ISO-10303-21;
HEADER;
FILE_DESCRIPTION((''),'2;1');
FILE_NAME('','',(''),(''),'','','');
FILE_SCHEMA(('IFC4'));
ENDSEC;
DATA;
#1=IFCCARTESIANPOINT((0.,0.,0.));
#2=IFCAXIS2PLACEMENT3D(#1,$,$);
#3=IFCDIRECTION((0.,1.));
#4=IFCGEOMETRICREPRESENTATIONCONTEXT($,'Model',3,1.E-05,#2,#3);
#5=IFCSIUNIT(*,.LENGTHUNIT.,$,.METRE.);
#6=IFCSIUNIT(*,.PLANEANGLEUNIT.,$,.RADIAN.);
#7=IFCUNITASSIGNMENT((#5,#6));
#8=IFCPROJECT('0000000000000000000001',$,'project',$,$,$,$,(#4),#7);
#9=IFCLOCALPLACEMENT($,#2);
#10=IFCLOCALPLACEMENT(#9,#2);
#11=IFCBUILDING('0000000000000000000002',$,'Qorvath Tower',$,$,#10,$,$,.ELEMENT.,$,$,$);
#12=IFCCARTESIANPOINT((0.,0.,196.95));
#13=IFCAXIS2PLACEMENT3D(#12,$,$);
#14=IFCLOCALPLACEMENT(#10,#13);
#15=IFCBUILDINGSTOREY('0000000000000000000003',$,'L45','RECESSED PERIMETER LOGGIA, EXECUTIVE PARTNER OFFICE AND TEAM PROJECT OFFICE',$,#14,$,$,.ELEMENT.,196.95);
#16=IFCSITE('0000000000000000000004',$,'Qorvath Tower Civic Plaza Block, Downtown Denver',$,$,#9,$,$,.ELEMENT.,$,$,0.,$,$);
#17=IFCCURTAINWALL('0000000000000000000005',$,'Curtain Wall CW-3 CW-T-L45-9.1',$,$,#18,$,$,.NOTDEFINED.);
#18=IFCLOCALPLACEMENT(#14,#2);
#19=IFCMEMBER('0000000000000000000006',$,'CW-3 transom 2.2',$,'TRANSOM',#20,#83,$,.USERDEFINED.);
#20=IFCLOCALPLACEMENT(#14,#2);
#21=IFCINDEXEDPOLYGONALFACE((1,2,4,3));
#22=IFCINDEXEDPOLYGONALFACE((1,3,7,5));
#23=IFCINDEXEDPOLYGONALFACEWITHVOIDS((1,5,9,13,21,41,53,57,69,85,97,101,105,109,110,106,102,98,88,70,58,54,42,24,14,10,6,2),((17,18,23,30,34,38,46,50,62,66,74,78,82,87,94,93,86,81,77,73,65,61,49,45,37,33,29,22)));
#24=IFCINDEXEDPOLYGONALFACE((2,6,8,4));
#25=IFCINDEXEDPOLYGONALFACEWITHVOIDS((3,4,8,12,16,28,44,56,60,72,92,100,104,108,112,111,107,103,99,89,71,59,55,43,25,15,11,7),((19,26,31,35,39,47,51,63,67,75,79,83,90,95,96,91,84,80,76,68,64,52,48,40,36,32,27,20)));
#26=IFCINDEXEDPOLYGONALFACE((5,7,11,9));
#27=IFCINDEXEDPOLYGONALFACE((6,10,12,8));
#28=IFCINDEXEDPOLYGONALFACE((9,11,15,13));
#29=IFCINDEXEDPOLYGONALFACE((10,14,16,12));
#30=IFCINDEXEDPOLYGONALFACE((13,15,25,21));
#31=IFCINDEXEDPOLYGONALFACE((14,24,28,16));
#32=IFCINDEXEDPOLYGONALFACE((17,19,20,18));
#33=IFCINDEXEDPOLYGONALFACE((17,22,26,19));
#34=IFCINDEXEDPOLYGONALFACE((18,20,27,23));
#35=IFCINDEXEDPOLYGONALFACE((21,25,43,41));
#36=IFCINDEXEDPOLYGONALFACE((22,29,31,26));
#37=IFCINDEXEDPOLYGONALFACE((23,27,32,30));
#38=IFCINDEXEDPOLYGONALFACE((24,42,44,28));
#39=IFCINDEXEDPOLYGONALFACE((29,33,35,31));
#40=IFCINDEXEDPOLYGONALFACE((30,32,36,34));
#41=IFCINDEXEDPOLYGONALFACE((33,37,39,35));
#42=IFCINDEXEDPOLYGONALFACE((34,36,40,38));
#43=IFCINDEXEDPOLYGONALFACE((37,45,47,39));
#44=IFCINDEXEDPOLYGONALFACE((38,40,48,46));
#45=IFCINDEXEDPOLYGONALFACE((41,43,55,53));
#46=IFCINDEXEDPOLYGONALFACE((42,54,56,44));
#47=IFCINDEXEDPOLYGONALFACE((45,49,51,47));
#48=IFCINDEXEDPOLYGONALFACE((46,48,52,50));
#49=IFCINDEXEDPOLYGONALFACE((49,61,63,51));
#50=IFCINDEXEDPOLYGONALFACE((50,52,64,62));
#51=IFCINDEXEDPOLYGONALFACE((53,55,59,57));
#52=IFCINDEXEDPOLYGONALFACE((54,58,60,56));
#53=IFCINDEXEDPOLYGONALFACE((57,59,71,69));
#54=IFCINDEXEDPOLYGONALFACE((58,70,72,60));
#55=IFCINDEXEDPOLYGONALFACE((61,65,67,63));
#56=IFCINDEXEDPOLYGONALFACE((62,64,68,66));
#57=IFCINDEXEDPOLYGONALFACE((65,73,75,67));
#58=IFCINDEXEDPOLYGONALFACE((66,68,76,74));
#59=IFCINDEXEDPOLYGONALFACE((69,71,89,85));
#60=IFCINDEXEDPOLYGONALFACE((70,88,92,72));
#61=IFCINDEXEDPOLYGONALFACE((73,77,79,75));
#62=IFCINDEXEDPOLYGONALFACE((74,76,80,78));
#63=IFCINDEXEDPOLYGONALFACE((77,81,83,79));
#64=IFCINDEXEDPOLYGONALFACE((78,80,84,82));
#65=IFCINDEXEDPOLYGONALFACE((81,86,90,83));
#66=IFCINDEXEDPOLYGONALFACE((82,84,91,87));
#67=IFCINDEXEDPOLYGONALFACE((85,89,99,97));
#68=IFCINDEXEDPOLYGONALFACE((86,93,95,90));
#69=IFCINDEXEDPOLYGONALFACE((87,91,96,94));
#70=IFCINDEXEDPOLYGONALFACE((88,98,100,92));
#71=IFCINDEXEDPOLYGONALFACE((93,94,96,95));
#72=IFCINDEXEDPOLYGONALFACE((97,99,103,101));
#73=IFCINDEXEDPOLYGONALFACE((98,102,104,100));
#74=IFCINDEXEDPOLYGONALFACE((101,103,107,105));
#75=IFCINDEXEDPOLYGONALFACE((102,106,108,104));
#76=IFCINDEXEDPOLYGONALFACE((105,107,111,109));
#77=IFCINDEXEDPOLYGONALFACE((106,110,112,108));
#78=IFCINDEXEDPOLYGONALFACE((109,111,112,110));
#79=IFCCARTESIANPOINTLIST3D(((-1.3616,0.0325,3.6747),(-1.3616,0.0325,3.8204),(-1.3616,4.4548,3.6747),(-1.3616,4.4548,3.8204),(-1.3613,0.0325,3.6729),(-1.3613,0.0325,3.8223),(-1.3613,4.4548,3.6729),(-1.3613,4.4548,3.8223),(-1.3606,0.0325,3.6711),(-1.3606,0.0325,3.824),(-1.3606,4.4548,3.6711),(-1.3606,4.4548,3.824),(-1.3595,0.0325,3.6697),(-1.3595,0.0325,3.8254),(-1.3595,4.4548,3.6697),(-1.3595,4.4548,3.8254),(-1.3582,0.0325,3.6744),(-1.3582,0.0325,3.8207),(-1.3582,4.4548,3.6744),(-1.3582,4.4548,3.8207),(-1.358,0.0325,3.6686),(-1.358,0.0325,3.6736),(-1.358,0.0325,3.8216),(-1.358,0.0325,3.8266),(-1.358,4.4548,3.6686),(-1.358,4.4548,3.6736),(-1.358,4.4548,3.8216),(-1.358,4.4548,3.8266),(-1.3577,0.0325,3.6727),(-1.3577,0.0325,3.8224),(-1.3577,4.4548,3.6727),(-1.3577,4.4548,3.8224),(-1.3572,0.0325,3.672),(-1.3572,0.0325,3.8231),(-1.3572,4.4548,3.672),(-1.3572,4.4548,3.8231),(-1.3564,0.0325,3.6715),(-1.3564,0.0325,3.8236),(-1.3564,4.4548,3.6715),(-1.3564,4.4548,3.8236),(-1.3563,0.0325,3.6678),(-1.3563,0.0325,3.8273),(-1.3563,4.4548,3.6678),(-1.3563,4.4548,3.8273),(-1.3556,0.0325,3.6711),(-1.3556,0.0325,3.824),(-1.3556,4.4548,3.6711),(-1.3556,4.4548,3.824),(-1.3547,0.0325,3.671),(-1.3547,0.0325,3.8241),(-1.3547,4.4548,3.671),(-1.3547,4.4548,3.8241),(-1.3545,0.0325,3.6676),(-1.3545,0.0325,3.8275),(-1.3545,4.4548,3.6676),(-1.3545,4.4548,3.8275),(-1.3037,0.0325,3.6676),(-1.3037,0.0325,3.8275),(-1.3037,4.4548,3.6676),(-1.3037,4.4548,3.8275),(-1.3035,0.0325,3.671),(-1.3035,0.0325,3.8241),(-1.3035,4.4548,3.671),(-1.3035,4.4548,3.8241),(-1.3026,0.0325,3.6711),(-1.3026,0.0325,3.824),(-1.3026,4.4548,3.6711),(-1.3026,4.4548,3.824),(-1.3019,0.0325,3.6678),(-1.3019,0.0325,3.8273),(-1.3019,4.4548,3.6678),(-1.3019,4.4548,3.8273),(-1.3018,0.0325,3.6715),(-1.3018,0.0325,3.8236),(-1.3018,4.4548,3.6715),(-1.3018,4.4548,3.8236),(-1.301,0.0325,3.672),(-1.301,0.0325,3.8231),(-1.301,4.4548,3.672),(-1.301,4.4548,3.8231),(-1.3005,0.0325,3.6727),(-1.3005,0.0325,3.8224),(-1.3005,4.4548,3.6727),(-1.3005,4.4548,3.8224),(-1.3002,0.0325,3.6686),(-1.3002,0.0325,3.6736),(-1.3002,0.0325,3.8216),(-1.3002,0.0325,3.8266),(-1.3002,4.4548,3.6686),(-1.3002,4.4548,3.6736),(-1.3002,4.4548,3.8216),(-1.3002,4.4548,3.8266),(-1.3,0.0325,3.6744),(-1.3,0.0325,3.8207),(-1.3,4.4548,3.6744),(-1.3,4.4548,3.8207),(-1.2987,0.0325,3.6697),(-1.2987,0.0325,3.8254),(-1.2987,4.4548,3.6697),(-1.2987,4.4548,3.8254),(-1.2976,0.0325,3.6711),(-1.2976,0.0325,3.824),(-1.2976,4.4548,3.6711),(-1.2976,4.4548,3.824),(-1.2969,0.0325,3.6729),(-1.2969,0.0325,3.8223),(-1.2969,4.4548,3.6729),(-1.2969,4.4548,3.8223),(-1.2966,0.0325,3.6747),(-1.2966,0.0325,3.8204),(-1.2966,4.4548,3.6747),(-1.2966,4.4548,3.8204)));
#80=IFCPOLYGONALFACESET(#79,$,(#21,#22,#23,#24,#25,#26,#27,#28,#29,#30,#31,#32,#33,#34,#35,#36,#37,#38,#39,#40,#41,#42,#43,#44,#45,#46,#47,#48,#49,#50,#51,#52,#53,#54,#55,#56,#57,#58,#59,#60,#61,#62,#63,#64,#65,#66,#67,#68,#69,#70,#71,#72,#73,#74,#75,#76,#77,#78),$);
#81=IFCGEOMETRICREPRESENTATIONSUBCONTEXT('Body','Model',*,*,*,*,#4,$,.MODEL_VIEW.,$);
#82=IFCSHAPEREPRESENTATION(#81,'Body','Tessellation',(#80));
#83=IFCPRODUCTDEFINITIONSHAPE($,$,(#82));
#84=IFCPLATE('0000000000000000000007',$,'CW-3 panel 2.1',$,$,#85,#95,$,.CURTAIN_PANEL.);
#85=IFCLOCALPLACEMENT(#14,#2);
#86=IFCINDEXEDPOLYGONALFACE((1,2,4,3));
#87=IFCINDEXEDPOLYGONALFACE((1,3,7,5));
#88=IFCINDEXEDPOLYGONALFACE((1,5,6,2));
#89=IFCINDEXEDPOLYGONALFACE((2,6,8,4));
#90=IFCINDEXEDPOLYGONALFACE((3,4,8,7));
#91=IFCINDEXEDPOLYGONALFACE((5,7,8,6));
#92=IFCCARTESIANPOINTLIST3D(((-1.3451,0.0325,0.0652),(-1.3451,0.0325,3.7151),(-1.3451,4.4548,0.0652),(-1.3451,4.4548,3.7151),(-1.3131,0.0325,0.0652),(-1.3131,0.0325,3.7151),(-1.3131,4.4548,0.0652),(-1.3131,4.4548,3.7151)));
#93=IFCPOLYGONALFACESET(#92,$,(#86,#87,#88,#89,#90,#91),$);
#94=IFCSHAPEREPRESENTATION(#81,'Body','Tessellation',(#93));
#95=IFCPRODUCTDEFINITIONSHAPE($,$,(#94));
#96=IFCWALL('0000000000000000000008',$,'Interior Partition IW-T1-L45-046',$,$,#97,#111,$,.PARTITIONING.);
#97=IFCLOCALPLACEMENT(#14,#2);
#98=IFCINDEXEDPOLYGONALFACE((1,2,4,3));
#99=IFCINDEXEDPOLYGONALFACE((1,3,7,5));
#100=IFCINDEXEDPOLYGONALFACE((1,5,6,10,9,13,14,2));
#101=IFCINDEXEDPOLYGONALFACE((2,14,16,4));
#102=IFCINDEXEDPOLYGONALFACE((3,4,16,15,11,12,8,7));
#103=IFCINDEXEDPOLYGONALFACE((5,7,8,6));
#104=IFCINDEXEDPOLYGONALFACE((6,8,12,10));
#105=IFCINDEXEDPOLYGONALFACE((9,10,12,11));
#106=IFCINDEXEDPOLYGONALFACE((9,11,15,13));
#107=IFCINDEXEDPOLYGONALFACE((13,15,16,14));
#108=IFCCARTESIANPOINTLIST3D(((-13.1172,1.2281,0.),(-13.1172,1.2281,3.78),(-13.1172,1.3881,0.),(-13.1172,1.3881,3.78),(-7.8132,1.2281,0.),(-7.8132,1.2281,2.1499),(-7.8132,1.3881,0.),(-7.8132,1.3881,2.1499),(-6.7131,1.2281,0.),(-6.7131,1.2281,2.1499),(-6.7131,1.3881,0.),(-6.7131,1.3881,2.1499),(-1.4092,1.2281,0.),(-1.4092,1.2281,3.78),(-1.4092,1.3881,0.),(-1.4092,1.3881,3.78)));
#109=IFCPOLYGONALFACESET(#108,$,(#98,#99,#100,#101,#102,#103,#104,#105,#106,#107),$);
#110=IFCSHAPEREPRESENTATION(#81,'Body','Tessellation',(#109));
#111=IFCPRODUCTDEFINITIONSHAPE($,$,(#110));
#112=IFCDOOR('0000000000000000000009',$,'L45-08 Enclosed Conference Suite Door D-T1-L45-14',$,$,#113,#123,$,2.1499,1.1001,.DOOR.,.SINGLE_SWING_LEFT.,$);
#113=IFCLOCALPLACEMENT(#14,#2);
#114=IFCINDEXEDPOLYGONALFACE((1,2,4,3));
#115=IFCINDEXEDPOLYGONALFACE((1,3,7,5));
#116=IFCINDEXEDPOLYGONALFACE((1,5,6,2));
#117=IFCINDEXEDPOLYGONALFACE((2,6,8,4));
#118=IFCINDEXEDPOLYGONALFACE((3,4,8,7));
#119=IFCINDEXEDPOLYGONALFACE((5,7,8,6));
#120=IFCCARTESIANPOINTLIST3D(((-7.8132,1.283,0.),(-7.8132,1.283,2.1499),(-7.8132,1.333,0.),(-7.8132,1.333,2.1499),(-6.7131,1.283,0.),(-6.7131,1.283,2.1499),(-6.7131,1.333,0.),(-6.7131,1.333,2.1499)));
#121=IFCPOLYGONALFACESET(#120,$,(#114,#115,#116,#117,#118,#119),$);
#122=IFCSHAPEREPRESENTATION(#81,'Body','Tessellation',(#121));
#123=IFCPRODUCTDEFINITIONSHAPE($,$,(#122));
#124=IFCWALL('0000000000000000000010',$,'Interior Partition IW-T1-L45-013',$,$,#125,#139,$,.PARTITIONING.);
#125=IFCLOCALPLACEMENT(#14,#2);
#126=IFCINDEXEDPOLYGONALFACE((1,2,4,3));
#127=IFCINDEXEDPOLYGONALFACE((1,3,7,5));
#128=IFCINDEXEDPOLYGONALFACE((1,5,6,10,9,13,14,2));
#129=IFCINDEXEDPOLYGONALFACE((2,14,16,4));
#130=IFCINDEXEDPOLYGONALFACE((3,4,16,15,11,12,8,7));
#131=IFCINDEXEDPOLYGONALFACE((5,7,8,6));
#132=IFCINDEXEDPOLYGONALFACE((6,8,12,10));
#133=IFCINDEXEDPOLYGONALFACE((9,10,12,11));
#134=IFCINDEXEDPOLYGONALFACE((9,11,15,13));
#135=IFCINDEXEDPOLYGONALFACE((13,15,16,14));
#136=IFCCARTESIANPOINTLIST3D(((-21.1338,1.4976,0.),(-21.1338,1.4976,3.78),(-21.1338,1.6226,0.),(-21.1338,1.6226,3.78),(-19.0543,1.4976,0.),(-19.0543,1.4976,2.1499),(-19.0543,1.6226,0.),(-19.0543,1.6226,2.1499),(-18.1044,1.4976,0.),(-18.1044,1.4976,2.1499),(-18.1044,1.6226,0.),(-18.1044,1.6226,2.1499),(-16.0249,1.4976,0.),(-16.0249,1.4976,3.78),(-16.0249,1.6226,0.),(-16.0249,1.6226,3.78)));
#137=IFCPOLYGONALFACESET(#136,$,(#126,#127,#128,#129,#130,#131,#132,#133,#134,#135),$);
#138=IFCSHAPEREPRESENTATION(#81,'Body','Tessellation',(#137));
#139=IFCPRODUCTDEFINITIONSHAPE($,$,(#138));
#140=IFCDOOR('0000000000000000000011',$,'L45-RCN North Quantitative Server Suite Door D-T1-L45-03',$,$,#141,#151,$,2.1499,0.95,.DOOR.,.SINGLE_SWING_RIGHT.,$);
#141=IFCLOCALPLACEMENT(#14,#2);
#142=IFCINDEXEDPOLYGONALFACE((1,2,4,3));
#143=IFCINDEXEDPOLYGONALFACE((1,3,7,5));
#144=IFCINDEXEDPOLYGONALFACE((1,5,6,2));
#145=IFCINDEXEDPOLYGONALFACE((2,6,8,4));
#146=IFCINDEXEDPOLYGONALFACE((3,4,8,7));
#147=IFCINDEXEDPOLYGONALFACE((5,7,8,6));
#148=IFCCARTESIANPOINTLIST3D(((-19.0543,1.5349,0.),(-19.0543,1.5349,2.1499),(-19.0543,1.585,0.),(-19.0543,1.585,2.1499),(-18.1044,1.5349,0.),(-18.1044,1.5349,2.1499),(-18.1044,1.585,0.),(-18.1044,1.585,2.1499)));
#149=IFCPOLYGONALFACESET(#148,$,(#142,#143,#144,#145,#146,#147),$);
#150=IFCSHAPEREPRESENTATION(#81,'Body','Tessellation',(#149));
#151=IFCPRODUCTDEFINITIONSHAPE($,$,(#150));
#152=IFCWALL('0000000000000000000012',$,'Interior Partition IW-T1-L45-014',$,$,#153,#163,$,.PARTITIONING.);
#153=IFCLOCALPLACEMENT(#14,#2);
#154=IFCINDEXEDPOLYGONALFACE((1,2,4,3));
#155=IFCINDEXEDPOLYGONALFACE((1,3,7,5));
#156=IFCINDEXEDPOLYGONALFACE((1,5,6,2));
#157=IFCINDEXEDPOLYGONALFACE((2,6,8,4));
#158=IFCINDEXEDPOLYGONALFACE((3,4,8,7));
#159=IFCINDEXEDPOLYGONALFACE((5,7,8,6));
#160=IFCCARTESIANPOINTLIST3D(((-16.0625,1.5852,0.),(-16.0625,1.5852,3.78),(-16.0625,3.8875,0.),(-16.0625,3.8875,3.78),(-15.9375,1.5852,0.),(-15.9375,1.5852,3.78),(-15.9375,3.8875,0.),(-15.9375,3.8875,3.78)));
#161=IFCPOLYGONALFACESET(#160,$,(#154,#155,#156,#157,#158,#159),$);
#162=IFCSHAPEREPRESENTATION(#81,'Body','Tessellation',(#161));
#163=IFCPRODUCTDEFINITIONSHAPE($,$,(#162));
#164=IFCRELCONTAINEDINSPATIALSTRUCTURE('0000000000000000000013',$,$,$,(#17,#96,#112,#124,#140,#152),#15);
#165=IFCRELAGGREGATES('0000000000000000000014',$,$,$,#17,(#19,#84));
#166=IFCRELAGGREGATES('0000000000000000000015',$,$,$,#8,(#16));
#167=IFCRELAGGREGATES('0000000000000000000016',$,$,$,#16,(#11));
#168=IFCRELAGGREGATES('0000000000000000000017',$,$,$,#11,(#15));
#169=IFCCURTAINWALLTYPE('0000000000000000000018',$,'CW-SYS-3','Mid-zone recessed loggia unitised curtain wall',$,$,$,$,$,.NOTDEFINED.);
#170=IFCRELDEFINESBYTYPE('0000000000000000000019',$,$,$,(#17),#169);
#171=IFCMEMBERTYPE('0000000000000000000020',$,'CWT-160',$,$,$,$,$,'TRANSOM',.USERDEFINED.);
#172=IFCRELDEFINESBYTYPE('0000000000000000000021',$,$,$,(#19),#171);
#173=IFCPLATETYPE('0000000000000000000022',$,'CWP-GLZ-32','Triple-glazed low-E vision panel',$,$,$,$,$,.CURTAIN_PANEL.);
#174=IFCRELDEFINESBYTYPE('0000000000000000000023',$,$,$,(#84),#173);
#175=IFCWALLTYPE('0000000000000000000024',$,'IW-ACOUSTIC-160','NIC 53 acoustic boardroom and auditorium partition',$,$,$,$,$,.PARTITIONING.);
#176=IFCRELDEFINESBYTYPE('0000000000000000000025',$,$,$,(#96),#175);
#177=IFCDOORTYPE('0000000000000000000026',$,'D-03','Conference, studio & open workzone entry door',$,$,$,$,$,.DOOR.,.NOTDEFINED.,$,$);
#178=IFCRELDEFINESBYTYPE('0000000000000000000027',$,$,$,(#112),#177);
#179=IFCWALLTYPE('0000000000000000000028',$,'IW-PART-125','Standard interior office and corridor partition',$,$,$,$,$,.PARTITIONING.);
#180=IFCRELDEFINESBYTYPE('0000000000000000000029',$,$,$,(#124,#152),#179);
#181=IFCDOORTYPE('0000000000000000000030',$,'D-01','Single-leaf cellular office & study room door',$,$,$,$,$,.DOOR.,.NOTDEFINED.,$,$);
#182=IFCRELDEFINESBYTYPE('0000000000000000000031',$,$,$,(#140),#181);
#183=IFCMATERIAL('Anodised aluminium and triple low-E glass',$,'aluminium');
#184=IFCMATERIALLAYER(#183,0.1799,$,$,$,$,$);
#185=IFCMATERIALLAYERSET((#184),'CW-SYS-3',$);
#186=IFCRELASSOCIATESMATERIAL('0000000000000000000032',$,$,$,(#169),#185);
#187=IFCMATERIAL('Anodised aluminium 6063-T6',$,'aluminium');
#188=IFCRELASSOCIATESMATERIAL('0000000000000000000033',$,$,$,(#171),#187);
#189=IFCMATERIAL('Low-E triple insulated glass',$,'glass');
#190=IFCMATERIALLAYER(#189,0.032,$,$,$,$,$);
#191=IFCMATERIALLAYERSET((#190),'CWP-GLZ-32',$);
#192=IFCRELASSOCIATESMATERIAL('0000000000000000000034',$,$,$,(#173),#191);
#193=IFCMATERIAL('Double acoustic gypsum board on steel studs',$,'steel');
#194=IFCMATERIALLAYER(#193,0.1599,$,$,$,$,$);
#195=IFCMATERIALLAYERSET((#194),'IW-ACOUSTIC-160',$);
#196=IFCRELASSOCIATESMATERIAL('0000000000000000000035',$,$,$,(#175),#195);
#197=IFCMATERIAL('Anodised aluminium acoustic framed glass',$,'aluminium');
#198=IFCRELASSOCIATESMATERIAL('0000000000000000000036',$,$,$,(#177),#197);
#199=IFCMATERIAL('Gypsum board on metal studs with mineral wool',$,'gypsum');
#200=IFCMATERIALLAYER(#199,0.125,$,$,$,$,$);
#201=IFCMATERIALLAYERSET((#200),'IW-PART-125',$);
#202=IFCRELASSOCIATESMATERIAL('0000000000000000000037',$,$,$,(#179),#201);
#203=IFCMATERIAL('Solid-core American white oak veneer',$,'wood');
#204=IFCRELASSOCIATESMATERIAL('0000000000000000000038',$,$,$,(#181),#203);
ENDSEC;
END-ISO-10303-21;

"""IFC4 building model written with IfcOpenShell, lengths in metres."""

from ifc_helpers import new_model, si_unit, direction, frame, frame_2d, origin, origin_2d, place, context, subcontext, project, spatial, rectangle, hollow_rectangle, extrude, material, layer, layer_set, material_profile, profile_set, type_object, element, fill, aggregate, save


model = new_model("IFC4")

# Units and contexts
model_context = context("Model", 3, precision=1e-05, world=origin(), true_north=direction((0.0, 1.0)))
body_context = subcontext(model_context, "Body", "Model", "MODEL_VIEW")
ifc_project = project(units=[si_unit("LENGTHUNIT", "METRE"), si_unit("PLANEANGLEUNIT", "RADIAN")], contexts=[model_context])

# Site, building, storey
site_placement = place(None, origin())
site = spatial("IfcSite", under=ifc_project, at=site_placement, Name="Qorvath Tower Civic Plaza Block, Downtown Denver", CompositionType="ELEMENT", RefElevation=0.0)
building_placement = place(site_placement, origin())
building = spatial("IfcBuilding", under=site, at=building_placement, Name="Qorvath Tower", CompositionType="ELEMENT")
storey_placement = place(building_placement, frame((0.0, 0.0, 196.95)))
storey = spatial("IfcBuildingStorey", under=building, at=storey_placement, Name="L45", Description="RECESSED PERIMETER LOGGIA, EXECUTIVE PARTNER OFFICE AND TEAM PROJECT OFFICE", CompositionType="ELEMENT", Elevation=196.95)

# Curtain wall, member, plate
ifc_material_1 = material(Name="Anodised aluminium and triple low-E glass", Category="aluminium")
ifc_layer_1 = layer(ifc_material_1, 0.1799)
ifc_layer_set_1 = layer_set([ifc_layer_1], Name="CW-SYS-3")
curtain_wall_type = type_object("IfcCurtainWallType", Name="CW-SYS-3", Description="Mid-zone recessed loggia unitised curtain wall", PredefinedType="NOTDEFINED", material=ifc_layer_set_1)
curtain_wall_placement = place(storey_placement, origin())
curtain_wall = element("IfcCurtainWall", 1, at=curtain_wall_placement, inside=storey, type_object=curtain_wall_type, Name="Curtain Wall CW-3 CW-T-L45-9.1", PredefinedType="NOTDEFINED")
ifc_material_2 = material(Name="Anodised aluminium 6063-T6", Category="aluminium")
ifc_material_profile_1 = material_profile(ifc_material_2, hollow_rectangle(XDim=0.0649, YDim=0.1599, WallThickness=0.0034, InnerFilletRadius=0.0034, OuterFilletRadius=0.0071, at=origin_2d()), Name="CWT 160x65")
ifc_profile_set_1 = profile_set([ifc_material_profile_1], Name="Anodised aluminium 6063-T6")
member_type_1 = type_object("IfcMemberType", Name="CWT-160", ElementType="TRANSOM", PredefinedType="USERDEFINED", material=ifc_profile_set_1)
member_1_placement = place(storey_placement, frame((-1.3291, 0.0325, 3.7476), z_axis=(0.0, 1.0, 0.0), x_axis=(-1.0, 0.0, 0.0)))
member_1 = element("IfcMember", 2, at=member_1_placement, type_object=member_type_1, Name="CW-3 transom 2.2", ObjectType="TRANSOM", PredefinedType="USERDEFINED", context=body_context, shape_type="SweptSolid", body=[
    extrude(hollow_rectangle(XDim=0.0649, YDim=0.1599, WallThickness=0.0034, InnerFilletRadius=0.0034, OuterFilletRadius=0.0071, at=origin_2d()), origin(), (0.0, 0.0, 1.0), 4.4224),
])
ifc_material_3 = material(Name="Low-E triple insulated glass", Category="glass")
ifc_layer_2 = layer(ifc_material_3, 0.032)
ifc_layer_set_2 = layer_set([ifc_layer_2], Name="CWP-GLZ-32")
plate_type = type_object("IfcPlateType", Name="CWP-GLZ-32", Description="Triple-glazed low-E vision panel", PredefinedType="CURTAIN_PANEL", material=ifc_layer_set_2)
plate_placement = place(storey_placement, frame((-1.3291, 2.2437, 0.0652), z_axis=(0.0, 0.0, 1.0), x_axis=(0.0, 1.0, 0.0)))
plate = element("IfcPlate", 3, at=plate_placement, type_object=plate_type, Name="CW-3 panel 2.1", PredefinedType="CURTAIN_PANEL", context=body_context, shape_type="SweptSolid", body=[
    extrude(rectangle(XDim=4.4224, YDim=0.032, at=origin_2d()), origin(), (0.0, 0.0, 1.0), 3.6499),
])
aggregate(curtain_wall, [member_1, plate])

# Walls, openings, doors
ifc_material_4 = material(Name="Double acoustic gypsum board on steel studs", Category="steel")
ifc_layer_3 = layer(ifc_material_4, 0.1599)
ifc_layer_set_3 = layer_set([ifc_layer_3], Name="IW-ACOUSTIC-160")
wall_type_1 = type_object("IfcWallType", Name="IW-ACOUSTIC-160", Description="NIC 53 acoustic boardroom and auditorium partition", PredefinedType="PARTITIONING", material=ifc_layer_set_3)
wall_1_placement = place(storey_placement, frame((-13.1172, 1.3081, 0.0), z_axis=(0.0, 0.0, 1.0), x_axis=(1.0, 0.0, 0.0)))
wall_1 = element("IfcWall", 4, at=wall_1_placement, inside=storey, type_object=wall_type_1, Name="Interior Partition IW-T1-L45-046", PredefinedType="PARTITIONING", context=body_context, shape_type="SweptSolid", body=[
    extrude(rectangle(XDim=11.708, YDim=0.1599, at=frame_2d((5.854, 0.0))), origin(), (0.0, 0.0, 1.0), 3.78),
])
opening_1_placement = place(wall_1_placement, frame((5.304, 0.0, 0.0)))
opening_1 = element("IfcOpeningElement", 5, at=opening_1_placement, cuts=wall_1, PredefinedType="OPENING", context=body_context, shape_type="SweptSolid", body=[
    extrude(rectangle(XDim=1.1001, YDim=2.1499, at=frame_2d((0.55, 1.075))), frame((0.0, 0.0898, 0.0), z_axis=(0.0, -1.0, 0.0), x_axis=(1.0, 0.0, 0.0)), (0.0, 0.0, 1.0), 0.1799),
])
ifc_material_5 = material(Name="Anodised aluminium acoustic framed glass", Category="aluminium")
door_type_1 = type_object("IfcDoorType", Name="D-03", Description="Conference, studio & open workzone entry door", OperationType="NOTDEFINED", PredefinedType="DOOR", material=ifc_material_5)
door_1_placement = place(opening_1_placement, origin())
door_1 = element("IfcDoor", 6, at=door_1_placement, inside=storey, type_object=door_type_1, Name="L45-08 Enclosed Conference Suite Door D-T1-L45-14", OperationType="SINGLE_SWING_LEFT", OverallHeight=2.1499, OverallWidth=1.1001, PredefinedType="DOOR", context=body_context, shape_type="SweptSolid", body=[
    extrude(rectangle(XDim=1.1001, YDim=2.1499, at=frame_2d((0.55, 1.075))), frame((0.0, 0.0249, 0.0), z_axis=(0.0, -1.0, 0.0), x_axis=(1.0, 0.0, 0.0)), (0.0, 0.0, 1.0), 0.05),
])
fill(opening_1, door_1)
ifc_material_6 = material(Name="Gypsum board on metal studs with mineral wool", Category="gypsum")
ifc_layer_4 = layer(ifc_material_6, 0.125)
ifc_layer_set_4 = layer_set([ifc_layer_4], Name="IW-PART-125")
wall_type_2 = type_object("IfcWallType", Name="IW-PART-125", Description="Standard interior office and corridor partition", PredefinedType="PARTITIONING", material=ifc_layer_set_4)
wall_2_placement = place(storey_placement, frame((-21.1338, 1.5601, 0.0), z_axis=(0.0, 0.0, 1.0), x_axis=(1.0, 0.0, 0.0)))
wall_2 = element("IfcWall", 7, at=wall_2_placement, inside=storey, type_object=wall_type_2, Name="Interior Partition IW-T1-L45-013", PredefinedType="PARTITIONING", context=body_context, shape_type="SweptSolid", body=[
    extrude(rectangle(XDim=5.1089, YDim=0.125, at=frame_2d((2.5544, 0.0))), origin(), (0.0, 0.0, 1.0), 3.78),
])
opening_2_placement = place(wall_2_placement, frame((2.0793, 0.0, 0.0)))
opening_2 = element("IfcOpeningElement", 8, at=opening_2_placement, cuts=wall_2, PredefinedType="OPENING", context=body_context, shape_type="SweptSolid", body=[
    extrude(rectangle(XDim=0.95, YDim=2.1499, at=frame_2d((0.4751, 1.075))), frame((0.0, 0.0725, 0.0), z_axis=(0.0, -1.0, 0.0), x_axis=(1.0, 0.0, 0.0)), (0.0, 0.0, 1.0), 0.145),
])
ifc_material_7 = material(Name="Solid-core American white oak veneer", Category="wood")
door_type_2 = type_object("IfcDoorType", Name="D-01", Description="Single-leaf cellular office & study room door", OperationType="NOTDEFINED", PredefinedType="DOOR", material=ifc_material_7)
door_2_placement = place(opening_2_placement, origin())
door_2 = element("IfcDoor", 9, at=door_2_placement, inside=storey, type_object=door_type_2, Name="L45-RCN North Quantitative Server Suite Door D-T1-L45-03", OperationType="SINGLE_SWING_RIGHT", OverallHeight=2.1499, OverallWidth=0.95, PredefinedType="DOOR", context=body_context, shape_type="SweptSolid", body=[
    extrude(rectangle(XDim=0.95, YDim=2.1499, at=frame_2d((0.4751, 1.075))), frame((0.0, 0.0249, 0.0), z_axis=(0.0, -1.0, 0.0), x_axis=(1.0, 0.0, 0.0)), (0.0, 0.0, 1.0), 0.05),
])
fill(opening_2, door_2)

# Wall
wall_3_placement = place(storey_placement, frame((-16.0, 1.5852, 0.0), z_axis=(0.0, 0.0, 1.0), x_axis=(0.0, 1.0, 0.0)))
element("IfcWall", 10, at=wall_3_placement, inside=storey, type_object=wall_type_2, Name="Interior Partition IW-T1-L45-014", PredefinedType="PARTITIONING", context=body_context, shape_type="SweptSolid", body=[
    extrude(rectangle(XDim=2.3022, YDim=0.125, at=frame_2d((1.1511, 0.0))), origin(), (0.0, 0.0, 1.0), 3.78),
])

save(model, "model.ifc")
